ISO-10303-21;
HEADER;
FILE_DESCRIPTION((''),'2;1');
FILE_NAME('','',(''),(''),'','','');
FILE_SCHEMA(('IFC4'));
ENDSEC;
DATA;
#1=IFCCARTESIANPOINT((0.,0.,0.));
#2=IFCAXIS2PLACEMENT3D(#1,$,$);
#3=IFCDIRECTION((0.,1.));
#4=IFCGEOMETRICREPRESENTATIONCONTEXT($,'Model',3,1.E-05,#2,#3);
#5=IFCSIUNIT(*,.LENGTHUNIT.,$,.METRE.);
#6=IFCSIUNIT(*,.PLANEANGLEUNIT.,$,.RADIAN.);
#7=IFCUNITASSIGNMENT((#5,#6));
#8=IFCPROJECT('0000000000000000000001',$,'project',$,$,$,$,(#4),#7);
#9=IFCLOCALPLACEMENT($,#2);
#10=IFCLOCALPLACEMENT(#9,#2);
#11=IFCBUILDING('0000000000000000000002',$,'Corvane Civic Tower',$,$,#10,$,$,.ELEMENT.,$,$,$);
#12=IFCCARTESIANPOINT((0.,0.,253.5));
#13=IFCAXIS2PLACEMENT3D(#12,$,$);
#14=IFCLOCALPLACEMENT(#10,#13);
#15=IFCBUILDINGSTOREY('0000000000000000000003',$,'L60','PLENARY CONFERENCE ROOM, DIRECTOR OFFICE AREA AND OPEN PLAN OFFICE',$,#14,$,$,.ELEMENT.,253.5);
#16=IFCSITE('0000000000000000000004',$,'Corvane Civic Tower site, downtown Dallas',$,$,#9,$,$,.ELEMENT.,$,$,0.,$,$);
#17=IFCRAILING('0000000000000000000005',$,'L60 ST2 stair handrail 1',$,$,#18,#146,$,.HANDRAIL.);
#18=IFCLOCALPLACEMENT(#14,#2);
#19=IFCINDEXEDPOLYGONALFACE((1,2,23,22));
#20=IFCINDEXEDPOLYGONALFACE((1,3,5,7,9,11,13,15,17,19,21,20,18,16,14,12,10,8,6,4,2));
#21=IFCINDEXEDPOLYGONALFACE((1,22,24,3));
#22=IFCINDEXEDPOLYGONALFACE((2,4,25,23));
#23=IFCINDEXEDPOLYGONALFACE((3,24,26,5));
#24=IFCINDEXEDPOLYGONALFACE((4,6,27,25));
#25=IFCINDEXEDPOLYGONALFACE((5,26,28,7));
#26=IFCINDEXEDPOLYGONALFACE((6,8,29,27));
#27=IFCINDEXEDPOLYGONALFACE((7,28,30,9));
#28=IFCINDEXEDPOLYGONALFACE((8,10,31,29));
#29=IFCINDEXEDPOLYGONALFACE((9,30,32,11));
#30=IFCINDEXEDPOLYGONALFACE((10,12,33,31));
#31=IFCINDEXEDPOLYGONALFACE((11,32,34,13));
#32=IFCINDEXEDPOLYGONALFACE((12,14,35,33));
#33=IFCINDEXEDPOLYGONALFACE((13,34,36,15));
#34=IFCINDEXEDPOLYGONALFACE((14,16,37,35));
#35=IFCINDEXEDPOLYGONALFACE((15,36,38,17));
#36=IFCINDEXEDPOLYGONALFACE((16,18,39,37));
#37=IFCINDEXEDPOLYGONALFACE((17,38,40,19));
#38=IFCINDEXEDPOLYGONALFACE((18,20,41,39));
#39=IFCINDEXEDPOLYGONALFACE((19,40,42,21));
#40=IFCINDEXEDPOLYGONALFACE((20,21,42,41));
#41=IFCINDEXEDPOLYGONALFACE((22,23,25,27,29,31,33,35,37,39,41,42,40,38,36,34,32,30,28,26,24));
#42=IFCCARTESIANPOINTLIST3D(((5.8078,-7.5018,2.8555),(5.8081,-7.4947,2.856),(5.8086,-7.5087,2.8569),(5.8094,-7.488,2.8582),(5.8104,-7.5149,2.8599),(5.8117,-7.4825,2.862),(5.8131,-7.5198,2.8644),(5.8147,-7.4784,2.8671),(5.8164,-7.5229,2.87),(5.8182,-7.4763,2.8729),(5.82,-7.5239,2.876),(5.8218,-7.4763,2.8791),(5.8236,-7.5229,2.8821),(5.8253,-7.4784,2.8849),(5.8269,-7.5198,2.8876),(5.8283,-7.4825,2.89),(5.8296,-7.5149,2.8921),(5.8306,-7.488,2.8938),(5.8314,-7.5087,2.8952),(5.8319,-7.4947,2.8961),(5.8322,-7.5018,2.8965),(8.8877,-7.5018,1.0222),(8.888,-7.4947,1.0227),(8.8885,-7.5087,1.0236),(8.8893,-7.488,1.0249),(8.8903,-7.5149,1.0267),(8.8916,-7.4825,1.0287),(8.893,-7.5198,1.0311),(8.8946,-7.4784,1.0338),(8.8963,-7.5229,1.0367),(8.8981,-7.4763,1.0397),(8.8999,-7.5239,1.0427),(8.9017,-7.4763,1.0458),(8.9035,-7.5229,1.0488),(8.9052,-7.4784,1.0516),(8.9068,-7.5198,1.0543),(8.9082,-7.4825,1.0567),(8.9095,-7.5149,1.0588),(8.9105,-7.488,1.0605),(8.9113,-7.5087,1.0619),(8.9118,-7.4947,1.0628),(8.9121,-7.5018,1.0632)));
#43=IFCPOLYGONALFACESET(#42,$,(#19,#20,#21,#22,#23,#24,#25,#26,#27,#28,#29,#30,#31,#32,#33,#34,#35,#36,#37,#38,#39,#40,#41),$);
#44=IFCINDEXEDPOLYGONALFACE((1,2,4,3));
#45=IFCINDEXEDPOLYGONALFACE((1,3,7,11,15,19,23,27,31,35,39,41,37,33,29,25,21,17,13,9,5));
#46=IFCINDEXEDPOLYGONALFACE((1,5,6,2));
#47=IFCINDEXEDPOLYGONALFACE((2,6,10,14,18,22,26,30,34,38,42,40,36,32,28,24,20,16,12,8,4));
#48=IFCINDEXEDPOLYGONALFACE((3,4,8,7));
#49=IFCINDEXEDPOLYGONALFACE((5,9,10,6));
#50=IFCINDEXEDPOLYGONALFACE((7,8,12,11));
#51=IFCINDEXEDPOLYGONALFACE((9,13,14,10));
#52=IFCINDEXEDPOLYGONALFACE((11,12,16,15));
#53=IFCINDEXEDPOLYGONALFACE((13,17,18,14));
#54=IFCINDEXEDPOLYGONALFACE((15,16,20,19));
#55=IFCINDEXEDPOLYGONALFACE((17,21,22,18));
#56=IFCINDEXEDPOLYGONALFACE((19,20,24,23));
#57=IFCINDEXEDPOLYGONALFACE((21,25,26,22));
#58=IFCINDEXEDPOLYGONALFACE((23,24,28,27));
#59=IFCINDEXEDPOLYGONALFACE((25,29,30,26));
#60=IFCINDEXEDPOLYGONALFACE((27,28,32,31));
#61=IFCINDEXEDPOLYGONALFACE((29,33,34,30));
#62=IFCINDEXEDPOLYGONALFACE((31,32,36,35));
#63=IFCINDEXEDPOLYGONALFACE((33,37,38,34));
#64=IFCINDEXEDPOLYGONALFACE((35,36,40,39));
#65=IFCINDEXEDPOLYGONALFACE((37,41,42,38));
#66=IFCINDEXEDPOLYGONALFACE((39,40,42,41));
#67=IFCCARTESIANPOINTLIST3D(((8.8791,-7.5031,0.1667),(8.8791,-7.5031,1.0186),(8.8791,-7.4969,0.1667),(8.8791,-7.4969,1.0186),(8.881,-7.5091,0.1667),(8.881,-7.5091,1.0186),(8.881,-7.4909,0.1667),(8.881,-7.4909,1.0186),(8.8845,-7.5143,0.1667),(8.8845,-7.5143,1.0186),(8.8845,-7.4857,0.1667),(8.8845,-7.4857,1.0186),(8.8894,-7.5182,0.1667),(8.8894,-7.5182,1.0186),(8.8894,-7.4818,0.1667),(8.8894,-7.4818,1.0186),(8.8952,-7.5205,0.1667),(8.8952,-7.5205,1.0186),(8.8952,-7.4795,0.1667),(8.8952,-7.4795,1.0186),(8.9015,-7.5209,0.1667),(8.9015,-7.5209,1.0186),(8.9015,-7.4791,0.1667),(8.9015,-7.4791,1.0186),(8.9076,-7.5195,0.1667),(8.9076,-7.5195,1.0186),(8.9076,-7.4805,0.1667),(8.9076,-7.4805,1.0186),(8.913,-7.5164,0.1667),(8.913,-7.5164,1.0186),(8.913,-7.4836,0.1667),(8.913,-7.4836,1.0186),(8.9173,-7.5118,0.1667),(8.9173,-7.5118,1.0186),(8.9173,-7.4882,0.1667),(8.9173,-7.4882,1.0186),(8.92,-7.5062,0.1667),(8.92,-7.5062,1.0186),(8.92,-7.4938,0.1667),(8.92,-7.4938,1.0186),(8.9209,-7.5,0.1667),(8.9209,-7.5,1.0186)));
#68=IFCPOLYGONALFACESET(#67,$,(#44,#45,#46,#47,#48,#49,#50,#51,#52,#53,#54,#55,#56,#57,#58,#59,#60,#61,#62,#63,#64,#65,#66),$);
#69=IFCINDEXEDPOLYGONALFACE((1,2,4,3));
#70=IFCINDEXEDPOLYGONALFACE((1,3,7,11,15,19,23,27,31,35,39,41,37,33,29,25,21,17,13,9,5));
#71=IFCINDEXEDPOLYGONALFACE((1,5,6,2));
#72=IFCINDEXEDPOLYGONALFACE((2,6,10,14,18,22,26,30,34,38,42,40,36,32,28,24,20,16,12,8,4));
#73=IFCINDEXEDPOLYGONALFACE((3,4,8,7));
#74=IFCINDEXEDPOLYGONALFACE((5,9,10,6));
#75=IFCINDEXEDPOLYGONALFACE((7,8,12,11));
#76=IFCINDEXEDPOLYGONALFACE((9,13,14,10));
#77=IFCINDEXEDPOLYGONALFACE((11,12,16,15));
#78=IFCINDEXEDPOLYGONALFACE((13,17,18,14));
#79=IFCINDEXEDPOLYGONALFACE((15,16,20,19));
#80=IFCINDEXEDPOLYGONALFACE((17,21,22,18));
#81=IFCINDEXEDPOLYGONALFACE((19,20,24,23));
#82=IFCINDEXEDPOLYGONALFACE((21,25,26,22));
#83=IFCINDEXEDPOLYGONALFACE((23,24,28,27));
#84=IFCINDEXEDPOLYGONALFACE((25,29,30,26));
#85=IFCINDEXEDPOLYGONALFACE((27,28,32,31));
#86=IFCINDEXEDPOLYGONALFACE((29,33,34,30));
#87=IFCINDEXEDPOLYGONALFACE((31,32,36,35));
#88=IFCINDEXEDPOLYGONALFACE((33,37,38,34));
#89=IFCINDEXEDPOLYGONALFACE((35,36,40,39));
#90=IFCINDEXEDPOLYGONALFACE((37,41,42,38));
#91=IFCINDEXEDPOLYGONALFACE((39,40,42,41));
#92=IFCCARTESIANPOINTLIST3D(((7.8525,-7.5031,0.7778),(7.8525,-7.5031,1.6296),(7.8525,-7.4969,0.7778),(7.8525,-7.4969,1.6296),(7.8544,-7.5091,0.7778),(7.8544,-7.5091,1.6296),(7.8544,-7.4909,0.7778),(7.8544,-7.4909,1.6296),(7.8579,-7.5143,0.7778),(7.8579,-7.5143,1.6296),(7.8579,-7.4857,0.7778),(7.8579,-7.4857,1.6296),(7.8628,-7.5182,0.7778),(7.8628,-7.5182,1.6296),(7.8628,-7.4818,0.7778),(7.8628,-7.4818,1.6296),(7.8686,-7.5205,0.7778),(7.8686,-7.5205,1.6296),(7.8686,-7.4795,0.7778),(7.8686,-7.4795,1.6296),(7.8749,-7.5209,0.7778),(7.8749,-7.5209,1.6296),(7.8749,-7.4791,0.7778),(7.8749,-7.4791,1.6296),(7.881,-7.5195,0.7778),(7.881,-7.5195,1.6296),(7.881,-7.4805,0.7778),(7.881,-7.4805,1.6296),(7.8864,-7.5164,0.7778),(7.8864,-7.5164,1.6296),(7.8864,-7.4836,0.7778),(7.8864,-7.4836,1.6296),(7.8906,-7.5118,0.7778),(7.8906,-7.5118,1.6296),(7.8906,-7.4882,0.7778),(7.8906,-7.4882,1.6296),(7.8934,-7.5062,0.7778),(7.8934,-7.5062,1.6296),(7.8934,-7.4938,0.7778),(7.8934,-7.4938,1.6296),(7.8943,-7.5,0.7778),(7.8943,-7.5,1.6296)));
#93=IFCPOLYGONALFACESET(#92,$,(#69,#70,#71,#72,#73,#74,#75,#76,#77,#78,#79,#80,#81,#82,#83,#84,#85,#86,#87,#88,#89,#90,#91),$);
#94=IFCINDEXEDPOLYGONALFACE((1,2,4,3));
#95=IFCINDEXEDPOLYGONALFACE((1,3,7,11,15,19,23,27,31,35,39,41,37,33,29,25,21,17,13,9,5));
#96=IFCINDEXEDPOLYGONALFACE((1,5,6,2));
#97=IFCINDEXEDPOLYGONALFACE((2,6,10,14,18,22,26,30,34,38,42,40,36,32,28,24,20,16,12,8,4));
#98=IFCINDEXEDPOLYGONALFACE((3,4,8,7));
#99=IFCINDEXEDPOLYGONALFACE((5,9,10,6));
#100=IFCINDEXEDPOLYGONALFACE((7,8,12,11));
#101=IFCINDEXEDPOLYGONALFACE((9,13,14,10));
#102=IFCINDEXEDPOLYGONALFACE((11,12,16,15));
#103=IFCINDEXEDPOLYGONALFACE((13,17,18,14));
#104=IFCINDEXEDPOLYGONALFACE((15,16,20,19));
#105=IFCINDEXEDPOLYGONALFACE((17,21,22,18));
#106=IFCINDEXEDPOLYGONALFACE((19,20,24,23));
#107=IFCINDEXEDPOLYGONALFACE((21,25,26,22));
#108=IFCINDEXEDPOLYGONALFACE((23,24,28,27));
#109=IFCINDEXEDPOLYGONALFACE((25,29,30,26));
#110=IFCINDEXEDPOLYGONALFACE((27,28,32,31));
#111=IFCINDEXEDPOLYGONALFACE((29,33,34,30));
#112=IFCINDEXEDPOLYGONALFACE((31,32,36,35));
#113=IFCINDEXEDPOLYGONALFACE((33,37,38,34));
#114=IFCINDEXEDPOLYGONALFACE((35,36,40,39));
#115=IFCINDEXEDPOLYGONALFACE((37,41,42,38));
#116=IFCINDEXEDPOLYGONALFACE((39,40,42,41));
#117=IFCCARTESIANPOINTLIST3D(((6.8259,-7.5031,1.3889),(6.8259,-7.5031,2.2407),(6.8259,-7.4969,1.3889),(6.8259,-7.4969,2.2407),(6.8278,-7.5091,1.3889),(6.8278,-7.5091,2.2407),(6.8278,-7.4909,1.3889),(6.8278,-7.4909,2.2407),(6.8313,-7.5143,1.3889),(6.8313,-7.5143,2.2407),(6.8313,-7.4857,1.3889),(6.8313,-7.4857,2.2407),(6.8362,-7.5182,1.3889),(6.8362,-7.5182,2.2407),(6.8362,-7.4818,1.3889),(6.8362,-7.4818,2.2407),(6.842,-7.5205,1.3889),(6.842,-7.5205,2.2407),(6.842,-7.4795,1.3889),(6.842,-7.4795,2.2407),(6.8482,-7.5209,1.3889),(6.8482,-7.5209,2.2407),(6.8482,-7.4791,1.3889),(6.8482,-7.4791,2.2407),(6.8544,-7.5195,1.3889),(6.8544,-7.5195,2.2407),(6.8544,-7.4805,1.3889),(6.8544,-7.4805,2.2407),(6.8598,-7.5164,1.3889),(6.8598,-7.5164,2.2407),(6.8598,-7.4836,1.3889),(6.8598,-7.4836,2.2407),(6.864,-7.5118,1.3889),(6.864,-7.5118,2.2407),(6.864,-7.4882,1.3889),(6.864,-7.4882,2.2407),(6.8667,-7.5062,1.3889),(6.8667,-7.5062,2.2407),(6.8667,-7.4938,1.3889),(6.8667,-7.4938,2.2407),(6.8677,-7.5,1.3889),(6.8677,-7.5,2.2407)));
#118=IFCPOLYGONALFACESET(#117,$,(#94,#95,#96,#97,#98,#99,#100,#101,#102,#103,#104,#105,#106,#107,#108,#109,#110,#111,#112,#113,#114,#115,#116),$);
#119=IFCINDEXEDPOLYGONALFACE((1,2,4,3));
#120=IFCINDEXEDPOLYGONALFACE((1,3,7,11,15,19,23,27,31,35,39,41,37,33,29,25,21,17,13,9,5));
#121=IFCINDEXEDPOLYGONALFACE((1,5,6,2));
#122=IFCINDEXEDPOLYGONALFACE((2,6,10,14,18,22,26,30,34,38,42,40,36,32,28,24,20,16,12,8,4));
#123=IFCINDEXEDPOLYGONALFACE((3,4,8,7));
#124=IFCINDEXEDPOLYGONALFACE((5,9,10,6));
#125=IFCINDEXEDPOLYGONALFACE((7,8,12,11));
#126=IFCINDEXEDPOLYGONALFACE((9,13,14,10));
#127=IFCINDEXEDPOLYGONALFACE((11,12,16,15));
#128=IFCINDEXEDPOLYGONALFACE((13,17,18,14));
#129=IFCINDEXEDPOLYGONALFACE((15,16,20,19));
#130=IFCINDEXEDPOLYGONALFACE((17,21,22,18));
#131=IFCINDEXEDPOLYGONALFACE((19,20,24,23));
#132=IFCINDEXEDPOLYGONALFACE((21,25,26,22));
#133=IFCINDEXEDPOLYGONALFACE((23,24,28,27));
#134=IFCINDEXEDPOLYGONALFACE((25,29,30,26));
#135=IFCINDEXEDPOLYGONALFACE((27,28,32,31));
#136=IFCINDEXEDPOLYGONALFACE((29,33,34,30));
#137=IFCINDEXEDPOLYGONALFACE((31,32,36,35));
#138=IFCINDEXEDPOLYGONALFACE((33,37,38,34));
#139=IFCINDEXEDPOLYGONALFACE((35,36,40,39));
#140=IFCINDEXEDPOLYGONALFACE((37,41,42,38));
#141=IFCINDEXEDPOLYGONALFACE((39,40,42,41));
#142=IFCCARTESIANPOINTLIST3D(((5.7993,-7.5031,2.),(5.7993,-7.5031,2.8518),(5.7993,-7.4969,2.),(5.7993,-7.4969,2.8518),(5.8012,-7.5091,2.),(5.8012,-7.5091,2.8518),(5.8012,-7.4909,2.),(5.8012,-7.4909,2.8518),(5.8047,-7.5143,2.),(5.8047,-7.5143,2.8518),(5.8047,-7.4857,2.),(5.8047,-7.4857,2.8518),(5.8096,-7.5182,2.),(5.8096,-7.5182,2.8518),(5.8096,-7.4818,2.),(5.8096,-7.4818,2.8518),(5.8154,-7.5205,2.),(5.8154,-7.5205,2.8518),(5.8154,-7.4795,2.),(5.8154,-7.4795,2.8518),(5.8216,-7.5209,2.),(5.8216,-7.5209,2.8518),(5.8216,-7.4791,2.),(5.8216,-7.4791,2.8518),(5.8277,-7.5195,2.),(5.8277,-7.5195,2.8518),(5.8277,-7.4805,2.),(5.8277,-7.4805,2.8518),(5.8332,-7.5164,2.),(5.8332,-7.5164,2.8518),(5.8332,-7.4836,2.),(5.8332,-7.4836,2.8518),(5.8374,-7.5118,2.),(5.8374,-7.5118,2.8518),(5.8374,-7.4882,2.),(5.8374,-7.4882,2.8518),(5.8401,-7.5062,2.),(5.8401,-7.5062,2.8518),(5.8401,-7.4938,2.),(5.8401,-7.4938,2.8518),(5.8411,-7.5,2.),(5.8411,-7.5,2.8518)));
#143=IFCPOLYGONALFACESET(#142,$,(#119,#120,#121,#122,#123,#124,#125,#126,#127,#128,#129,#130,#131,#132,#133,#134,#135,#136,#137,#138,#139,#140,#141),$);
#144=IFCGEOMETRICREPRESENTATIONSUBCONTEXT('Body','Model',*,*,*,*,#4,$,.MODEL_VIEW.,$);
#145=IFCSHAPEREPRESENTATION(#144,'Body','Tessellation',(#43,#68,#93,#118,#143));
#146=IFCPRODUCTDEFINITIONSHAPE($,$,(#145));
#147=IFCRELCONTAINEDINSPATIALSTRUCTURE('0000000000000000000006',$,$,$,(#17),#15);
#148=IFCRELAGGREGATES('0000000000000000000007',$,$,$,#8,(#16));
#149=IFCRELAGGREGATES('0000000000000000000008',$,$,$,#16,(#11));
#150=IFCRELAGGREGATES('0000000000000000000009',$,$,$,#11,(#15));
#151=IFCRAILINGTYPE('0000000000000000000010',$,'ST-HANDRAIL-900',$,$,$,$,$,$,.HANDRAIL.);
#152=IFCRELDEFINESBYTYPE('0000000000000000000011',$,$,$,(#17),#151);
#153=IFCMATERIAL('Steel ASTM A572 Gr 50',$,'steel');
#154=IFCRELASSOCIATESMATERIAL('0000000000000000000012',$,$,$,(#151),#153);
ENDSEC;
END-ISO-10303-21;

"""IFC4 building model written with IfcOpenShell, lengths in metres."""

from ifc_helpers import new_model, si_unit, direction, frame, origin, origin_2d, place, context, subcontext, project, spatial, circle, extrude, material, type_object, element, save


model = new_model("IFC4")

# Units and contexts
model_context = context("Model", 3, precision=1e-05, world=origin(), true_north=direction((0.0, 1.0)))
body_context = subcontext(model_context, "Body", "Model", "MODEL_VIEW")
ifc_project = project(units=[si_unit("LENGTHUNIT", "METRE"), si_unit("PLANEANGLEUNIT", "RADIAN")], contexts=[model_context])

# Site, building, storey
site_placement = place(None, origin())
site = spatial("IfcSite", under=ifc_project, at=site_placement, Name="Corvane Civic Tower site, downtown Dallas", CompositionType="ELEMENT", RefElevation=0.0)
building_placement = place(site_placement, origin())
building = spatial("IfcBuilding", under=site, at=building_placement, Name="Corvane Civic Tower", CompositionType="ELEMENT")
storey_placement = place(building_placement, frame((0.0, 0.0, 253.5)))
storey = spatial("IfcBuildingStorey", under=building, at=storey_placement, Name="L60", Description="PLENARY CONFERENCE ROOM, DIRECTOR OFFICE AREA AND OPEN PLAN OFFICE", CompositionType="ELEMENT", Elevation=253.5)

# Railing
ifc_material_1 = material(Name="Steel ASTM A572 Gr 50", Category="steel")
railing_type = type_object("IfcRailingType", Name="ST-HANDRAIL-900", PredefinedType="HANDRAIL", material=ifc_material_1)
railing_placement = place(storey_placement, frame((8.8999, -7.5, 0.1667)))
element("IfcRailing", 1, at=railing_placement, inside=storey, type_object=railing_type, Name="L60 ST2 stair handrail 1", PredefinedType="HANDRAIL", context=body_context, shape_type="SweptSolid", body=[
    extrude(circle(Radius=0.0239, at=origin_2d()), frame((0.0, 0.0, 0.876), z_axis=(-0.859291, 0.0, 0.511487), x_axis=(0.0, -1.0, 0.0)), (0.0, 0.0, 1.0), 3.5842),
    extrude(circle(Radius=0.021, at=origin_2d()), origin(), (0.0, 0.0, 1.0), 0.8518),
    extrude(circle(Radius=0.021, at=origin_2d()), frame((-1.0266, 0.0, 0.6111)), (0.0, 0.0, 1.0), 0.8518),
    extrude(circle(Radius=0.021, at=origin_2d()), frame((-2.0532, 0.0, 1.2222)), (0.0, 0.0, 1.0), 0.8518),
    extrude(circle(Radius=0.021, at=origin_2d()), frame((-3.0798, 0.0, 1.8333)), (0.0, 0.0, 1.0), 0.8518),
])

save(model, "model.ifc")
